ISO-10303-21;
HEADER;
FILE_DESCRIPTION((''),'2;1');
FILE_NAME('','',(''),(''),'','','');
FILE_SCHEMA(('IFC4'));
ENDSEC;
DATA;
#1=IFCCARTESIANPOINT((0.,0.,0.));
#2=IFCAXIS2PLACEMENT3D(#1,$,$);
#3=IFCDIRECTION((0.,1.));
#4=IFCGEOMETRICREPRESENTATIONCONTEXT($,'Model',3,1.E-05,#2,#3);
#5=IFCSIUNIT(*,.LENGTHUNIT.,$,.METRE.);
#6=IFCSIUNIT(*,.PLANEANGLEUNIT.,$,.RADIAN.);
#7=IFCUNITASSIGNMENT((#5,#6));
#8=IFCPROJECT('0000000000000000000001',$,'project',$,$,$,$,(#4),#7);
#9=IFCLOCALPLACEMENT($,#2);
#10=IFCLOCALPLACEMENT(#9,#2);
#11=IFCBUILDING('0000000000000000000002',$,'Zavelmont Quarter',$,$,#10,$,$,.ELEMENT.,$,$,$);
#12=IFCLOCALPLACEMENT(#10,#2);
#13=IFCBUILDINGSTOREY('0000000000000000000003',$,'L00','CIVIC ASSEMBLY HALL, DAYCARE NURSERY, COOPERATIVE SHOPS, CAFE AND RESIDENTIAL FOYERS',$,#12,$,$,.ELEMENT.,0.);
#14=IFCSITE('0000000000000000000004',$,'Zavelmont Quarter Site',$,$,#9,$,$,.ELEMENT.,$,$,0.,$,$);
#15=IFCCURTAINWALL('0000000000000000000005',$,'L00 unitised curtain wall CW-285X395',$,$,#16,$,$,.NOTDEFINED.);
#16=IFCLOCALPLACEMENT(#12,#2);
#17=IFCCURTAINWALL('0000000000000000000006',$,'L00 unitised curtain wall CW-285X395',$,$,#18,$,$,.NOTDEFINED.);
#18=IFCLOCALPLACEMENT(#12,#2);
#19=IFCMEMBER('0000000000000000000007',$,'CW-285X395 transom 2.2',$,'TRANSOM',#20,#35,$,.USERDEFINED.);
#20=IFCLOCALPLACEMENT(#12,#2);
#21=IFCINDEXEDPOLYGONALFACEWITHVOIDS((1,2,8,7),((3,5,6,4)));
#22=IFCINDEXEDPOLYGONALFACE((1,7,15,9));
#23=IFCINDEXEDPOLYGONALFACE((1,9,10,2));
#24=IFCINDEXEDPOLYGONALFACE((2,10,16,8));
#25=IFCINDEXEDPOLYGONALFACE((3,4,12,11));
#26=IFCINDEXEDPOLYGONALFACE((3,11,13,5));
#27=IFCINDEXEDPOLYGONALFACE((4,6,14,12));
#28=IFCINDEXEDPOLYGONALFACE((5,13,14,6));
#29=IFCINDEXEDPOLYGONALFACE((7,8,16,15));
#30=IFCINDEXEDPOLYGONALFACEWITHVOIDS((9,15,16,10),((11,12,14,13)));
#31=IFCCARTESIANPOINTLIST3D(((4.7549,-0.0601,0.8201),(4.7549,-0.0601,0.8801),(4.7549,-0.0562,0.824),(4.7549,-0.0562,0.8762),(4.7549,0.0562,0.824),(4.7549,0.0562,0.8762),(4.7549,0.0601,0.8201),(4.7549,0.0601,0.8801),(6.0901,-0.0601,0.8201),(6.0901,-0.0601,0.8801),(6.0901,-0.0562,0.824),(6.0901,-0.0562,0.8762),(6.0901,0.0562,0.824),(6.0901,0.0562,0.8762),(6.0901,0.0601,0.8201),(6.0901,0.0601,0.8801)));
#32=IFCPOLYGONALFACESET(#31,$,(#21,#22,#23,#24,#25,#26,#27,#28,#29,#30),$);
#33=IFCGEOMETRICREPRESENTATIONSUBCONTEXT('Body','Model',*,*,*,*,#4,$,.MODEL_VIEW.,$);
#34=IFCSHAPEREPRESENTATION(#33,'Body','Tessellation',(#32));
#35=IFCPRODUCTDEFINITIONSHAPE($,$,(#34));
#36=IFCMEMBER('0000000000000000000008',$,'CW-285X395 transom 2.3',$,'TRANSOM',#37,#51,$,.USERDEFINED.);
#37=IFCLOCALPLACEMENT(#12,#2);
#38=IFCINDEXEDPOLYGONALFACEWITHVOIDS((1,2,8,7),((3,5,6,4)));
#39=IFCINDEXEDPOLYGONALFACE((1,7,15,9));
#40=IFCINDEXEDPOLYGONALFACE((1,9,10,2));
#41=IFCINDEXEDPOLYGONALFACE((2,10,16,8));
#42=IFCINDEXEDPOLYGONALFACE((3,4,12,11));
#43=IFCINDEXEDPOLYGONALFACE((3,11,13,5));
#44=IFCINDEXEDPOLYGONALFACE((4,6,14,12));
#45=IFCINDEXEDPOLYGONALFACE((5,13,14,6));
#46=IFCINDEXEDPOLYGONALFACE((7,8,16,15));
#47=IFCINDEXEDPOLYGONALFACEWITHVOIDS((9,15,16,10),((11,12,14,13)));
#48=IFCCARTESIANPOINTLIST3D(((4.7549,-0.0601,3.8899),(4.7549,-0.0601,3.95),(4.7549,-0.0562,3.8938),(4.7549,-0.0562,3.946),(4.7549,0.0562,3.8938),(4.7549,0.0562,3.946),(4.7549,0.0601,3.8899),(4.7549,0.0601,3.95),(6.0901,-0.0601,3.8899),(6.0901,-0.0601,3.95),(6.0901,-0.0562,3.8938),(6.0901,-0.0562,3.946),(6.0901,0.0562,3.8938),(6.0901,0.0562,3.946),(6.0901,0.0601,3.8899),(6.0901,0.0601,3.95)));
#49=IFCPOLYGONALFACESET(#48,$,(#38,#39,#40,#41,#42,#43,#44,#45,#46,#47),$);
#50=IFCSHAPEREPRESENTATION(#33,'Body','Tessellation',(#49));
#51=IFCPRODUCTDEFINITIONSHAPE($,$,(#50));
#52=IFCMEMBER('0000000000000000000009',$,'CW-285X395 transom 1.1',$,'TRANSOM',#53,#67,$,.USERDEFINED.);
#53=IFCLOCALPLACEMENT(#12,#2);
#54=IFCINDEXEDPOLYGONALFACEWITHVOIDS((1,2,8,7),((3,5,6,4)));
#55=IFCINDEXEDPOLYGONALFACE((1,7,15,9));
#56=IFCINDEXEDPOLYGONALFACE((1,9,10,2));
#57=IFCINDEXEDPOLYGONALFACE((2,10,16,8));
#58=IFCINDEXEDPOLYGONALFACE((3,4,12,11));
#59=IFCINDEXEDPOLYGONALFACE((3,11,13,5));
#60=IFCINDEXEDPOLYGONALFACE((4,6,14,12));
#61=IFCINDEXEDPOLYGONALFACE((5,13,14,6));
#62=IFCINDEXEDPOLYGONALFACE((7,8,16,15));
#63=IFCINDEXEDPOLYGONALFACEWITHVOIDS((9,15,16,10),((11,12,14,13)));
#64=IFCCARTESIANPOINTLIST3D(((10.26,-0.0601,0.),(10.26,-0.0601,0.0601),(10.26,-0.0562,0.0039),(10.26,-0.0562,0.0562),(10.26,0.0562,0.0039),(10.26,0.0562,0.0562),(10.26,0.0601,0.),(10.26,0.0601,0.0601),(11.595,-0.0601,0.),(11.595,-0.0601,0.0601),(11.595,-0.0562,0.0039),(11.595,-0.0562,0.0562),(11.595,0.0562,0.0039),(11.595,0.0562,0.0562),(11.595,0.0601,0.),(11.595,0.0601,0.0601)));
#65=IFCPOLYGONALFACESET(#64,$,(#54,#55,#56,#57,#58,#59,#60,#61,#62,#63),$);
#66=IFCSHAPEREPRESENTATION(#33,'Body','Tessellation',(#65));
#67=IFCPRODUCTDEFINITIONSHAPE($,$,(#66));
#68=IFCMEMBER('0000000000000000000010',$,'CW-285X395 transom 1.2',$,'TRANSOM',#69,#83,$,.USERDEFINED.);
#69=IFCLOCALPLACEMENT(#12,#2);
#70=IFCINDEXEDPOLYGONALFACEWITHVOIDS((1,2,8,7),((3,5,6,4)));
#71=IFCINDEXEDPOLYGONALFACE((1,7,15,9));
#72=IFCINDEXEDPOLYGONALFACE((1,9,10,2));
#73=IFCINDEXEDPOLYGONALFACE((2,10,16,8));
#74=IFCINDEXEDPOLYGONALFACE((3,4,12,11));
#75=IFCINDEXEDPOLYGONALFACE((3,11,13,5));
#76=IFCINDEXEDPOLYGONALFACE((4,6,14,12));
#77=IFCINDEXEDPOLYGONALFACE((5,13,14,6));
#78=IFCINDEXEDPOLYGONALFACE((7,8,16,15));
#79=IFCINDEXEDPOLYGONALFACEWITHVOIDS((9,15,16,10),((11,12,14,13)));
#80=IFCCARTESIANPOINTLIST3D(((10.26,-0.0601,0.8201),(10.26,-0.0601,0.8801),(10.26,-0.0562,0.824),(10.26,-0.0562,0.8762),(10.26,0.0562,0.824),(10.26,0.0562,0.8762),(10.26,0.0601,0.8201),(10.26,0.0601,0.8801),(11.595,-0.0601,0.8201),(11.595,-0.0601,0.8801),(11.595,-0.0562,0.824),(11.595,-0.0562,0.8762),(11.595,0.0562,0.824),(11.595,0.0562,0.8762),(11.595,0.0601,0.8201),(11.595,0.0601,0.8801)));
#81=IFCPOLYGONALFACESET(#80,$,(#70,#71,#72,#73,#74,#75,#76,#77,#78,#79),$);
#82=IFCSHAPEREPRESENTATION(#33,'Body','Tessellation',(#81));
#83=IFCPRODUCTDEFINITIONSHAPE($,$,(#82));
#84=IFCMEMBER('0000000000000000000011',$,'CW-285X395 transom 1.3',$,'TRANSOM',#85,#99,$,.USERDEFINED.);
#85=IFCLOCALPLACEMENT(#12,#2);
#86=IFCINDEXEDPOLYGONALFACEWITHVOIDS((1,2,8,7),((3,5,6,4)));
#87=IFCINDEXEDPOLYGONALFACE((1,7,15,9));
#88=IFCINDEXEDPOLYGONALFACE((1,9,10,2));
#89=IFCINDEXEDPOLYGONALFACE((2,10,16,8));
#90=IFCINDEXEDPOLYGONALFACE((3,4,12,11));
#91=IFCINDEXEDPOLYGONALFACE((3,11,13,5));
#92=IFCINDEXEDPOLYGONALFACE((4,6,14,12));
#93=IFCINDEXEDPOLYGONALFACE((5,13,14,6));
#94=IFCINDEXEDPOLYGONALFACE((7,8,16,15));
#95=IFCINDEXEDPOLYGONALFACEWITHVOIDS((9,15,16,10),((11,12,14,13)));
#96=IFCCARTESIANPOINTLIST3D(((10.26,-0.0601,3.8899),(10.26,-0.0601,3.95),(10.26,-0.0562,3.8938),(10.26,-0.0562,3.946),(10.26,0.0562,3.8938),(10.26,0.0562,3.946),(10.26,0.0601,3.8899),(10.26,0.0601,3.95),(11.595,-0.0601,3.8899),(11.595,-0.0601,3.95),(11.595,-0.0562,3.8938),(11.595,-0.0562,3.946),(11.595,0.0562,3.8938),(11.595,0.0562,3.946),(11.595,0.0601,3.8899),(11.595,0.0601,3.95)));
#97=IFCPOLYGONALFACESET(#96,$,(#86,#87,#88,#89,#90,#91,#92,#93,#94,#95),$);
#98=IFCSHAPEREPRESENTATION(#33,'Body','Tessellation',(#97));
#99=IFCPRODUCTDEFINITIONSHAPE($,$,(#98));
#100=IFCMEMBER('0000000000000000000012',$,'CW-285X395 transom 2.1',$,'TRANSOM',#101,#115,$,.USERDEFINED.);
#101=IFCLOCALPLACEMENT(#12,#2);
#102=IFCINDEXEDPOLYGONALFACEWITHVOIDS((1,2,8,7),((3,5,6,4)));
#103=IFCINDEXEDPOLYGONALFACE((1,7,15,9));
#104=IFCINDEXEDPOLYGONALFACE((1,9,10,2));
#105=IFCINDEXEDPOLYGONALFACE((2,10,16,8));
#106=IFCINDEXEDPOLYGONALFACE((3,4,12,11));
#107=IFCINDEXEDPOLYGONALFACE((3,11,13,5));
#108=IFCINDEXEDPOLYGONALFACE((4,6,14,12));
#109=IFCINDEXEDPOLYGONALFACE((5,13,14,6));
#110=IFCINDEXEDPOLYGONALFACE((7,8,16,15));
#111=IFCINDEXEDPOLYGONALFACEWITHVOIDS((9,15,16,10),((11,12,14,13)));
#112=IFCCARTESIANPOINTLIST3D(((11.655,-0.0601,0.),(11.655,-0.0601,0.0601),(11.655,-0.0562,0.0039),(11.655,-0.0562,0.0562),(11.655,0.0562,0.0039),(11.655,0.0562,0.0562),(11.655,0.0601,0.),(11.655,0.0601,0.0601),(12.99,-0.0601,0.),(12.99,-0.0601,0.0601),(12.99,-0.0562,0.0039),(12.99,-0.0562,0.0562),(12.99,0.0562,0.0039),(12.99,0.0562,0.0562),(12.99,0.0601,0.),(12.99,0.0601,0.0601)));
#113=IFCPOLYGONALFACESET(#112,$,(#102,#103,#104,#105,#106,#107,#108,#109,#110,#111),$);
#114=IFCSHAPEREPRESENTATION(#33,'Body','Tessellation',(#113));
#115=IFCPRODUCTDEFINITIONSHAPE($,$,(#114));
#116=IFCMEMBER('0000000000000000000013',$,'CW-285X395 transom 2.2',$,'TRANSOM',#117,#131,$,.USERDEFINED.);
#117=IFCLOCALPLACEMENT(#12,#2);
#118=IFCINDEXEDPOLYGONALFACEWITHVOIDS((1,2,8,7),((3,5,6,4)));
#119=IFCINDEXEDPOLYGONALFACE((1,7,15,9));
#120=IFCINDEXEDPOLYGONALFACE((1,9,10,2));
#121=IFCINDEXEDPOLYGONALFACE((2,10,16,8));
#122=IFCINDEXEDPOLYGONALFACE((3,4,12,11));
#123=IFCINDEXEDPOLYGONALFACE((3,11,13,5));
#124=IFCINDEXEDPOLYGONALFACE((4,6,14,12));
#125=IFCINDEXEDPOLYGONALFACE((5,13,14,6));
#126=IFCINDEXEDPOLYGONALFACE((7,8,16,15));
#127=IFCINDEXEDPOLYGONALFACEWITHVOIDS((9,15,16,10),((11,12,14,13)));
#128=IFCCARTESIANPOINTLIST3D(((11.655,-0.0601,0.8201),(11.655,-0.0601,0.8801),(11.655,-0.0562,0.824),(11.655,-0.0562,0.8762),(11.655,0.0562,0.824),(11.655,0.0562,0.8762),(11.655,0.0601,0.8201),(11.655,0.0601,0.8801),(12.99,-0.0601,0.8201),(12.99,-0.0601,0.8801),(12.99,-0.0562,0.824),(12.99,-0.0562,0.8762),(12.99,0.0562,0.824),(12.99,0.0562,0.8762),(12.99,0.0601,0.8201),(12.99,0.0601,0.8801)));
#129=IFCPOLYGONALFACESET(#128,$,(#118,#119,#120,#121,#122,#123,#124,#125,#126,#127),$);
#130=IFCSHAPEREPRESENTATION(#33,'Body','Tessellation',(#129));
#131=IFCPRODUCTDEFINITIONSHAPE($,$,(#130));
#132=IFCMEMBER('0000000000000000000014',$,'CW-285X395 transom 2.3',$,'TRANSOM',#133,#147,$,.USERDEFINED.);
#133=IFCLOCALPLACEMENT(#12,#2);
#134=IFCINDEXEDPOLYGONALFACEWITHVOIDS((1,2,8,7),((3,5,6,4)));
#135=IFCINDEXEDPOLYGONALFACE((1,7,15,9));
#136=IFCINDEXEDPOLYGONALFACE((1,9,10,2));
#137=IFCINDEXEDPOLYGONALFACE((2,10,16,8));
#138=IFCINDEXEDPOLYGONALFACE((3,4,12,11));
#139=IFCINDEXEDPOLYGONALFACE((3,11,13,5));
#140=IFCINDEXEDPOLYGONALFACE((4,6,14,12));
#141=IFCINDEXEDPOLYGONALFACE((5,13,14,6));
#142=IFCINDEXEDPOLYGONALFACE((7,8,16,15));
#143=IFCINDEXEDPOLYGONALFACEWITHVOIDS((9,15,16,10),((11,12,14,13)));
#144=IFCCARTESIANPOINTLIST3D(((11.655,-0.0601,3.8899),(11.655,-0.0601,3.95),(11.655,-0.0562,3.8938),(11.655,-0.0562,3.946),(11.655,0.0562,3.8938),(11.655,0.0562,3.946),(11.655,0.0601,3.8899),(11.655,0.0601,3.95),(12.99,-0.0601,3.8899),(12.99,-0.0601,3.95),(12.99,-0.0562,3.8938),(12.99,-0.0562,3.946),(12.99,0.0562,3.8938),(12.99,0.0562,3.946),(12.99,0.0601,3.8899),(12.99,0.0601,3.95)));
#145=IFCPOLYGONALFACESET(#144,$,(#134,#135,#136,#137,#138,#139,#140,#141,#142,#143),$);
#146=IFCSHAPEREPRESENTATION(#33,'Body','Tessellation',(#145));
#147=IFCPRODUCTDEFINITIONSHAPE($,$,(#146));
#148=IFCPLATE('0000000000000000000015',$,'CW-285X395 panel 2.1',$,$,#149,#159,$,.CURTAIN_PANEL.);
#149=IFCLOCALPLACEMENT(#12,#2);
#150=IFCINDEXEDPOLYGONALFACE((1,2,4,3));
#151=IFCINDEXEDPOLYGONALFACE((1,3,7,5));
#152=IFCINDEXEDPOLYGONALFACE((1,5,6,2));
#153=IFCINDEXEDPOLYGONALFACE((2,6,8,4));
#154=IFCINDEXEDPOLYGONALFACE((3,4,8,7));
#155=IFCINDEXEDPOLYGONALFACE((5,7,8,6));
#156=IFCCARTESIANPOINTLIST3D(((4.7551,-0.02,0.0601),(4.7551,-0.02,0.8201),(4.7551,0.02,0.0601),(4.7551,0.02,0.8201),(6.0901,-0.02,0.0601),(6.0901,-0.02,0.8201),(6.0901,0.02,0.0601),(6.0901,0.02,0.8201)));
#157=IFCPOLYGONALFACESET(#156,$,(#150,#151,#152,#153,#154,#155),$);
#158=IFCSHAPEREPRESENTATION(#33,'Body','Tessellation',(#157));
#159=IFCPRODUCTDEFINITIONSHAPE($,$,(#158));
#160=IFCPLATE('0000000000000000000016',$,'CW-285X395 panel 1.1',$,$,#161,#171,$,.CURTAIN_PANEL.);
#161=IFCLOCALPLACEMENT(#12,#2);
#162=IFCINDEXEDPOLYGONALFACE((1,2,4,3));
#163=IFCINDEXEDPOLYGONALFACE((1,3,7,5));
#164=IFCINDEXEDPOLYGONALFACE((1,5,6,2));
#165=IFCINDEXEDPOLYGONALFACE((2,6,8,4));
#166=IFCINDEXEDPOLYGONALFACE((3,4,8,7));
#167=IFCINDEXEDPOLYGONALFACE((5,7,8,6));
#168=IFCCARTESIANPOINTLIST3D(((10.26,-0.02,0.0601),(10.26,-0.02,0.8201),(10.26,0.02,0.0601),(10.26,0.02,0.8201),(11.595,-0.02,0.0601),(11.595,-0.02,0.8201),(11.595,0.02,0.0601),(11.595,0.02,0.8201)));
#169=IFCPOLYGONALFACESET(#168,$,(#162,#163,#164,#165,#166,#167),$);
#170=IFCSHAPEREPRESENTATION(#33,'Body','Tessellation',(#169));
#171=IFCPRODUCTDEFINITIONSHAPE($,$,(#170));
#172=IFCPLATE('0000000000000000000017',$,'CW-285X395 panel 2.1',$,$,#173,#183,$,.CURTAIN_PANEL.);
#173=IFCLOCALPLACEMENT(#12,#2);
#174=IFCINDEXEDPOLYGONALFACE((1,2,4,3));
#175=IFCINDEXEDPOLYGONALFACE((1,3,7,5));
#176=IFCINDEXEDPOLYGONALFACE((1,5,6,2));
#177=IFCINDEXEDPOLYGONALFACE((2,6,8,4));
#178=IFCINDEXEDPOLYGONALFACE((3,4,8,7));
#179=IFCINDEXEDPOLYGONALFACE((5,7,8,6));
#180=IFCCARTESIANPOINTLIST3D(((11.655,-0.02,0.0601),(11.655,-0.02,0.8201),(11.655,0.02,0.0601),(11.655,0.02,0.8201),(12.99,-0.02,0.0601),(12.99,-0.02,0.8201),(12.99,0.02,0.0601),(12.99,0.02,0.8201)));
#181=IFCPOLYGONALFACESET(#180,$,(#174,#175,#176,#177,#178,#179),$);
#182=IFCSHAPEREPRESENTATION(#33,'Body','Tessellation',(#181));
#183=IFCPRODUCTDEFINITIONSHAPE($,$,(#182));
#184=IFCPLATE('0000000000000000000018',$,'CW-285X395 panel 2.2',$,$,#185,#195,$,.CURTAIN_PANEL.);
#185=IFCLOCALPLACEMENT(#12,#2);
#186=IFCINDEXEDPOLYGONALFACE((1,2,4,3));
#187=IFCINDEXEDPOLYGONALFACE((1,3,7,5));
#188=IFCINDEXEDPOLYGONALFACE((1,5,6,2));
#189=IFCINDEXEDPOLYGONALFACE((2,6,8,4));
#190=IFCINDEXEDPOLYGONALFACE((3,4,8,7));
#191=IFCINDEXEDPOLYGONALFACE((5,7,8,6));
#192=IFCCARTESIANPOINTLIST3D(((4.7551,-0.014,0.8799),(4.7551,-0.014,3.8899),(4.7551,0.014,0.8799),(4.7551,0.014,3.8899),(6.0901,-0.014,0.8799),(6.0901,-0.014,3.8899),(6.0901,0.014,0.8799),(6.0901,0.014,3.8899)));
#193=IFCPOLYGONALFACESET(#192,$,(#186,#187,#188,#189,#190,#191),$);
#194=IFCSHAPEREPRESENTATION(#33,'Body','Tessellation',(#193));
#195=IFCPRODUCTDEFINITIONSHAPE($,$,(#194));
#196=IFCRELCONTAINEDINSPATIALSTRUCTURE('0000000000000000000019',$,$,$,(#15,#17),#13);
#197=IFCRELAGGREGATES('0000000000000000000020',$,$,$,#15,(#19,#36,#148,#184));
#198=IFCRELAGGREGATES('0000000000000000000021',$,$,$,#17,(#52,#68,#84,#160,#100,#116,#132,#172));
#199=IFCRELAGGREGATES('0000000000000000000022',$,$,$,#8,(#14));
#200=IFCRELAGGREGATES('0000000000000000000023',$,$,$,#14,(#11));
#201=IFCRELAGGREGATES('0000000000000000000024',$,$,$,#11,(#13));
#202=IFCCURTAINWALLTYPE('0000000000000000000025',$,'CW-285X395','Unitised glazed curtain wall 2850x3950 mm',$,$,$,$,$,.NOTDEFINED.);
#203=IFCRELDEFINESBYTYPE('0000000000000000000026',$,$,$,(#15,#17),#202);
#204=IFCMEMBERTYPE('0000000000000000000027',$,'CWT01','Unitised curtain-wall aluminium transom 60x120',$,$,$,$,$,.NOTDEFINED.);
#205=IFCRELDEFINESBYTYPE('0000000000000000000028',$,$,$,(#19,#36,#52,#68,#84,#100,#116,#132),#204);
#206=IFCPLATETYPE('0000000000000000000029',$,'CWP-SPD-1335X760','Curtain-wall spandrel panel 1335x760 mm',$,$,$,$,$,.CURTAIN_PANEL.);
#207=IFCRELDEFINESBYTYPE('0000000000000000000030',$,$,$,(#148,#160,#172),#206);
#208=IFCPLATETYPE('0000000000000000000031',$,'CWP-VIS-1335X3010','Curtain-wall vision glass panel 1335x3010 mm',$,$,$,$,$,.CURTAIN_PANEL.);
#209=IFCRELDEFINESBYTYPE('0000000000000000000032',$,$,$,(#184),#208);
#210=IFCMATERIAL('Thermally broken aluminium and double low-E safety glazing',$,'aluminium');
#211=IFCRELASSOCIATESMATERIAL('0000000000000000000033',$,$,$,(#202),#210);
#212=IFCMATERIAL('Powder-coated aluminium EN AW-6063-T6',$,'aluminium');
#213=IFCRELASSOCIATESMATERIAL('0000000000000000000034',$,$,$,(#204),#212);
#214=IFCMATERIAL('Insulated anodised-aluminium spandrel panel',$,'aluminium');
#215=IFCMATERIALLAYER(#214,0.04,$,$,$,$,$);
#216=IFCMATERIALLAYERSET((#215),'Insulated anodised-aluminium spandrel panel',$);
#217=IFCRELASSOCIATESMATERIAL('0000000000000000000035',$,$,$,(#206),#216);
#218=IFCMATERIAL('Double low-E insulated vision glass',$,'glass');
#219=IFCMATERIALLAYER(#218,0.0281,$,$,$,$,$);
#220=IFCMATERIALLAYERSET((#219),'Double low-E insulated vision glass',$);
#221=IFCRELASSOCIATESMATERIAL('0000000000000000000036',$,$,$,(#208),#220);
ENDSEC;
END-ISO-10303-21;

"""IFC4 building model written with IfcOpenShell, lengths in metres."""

from ifc_helpers import new_model, si_unit, direction, frame, origin, origin_2d, place, context, subcontext, project, spatial, rectangle, hollow_rectangle, extrude, material, layer, layer_set, material_profile, profile_set, type_object, element, aggregate, save


model = new_model("IFC4")

# Units and contexts
model_context = context("Model", 3, precision=1e-05, world=origin(), true_north=direction((0.0, 1.0)))
body_context = subcontext(model_context, "Body", "Model", "MODEL_VIEW")
ifc_project = project(units=[si_unit("LENGTHUNIT", "METRE"), si_unit("PLANEANGLEUNIT", "RADIAN")], contexts=[model_context])

# Site, building, storey
site_placement = place(None, origin())
site = spatial("IfcSite", under=ifc_project, at=site_placement, Name="Zavelmont Quarter Site", CompositionType="ELEMENT", RefElevation=0.0)
building_placement = place(site_placement, origin())
building = spatial("IfcBuilding", under=site, at=building_placement, Name="Zavelmont Quarter", CompositionType="ELEMENT")
storey_placement = place(building_placement, origin())
storey = spatial("IfcBuildingStorey", under=building, at=storey_placement, Name="L00", Description="CIVIC ASSEMBLY HALL, DAYCARE NURSERY, COOPERATIVE SHOPS, CAFE AND RESIDENTIAL FOYERS", CompositionType="ELEMENT", Elevation=0.0)

# Curtain wall
ifc_material_1 = material(Name="Thermally broken aluminium and double low-E safety glazing", Category="aluminium")
curtain_wall_type_1 = type_object("IfcCurtainWallType", Name="CW-285X395", Description="Unitised glazed curtain wall 2850x3950 mm", PredefinedType="NOTDEFINED", material=ifc_material_1)
curtain_wall_1_placement = place(storey_placement, origin())
curtain_wall_1 = element("IfcCurtainWall", 1, at=curtain_wall_1_placement, inside=storey, type_object=curtain_wall_type_1, Name="L00 unitised curtain wall CW-285X395", PredefinedType="NOTDEFINED")
ifc_material_2 = material(Name="Powder-coated aluminium EN AW-6063-T6", Category="aluminium")

# Curtain wall
curtain_wall_2_placement = place(storey_placement, origin())
curtain_wall_2 = element("IfcCurtainWall", 2, at=curtain_wall_2_placement, inside=storey, type_object=curtain_wall_type_1, Name="L00 unitised curtain wall CW-285X395", PredefinedType="NOTDEFINED")

# Members
ifc_material_profile_1 = material_profile(ifc_material_2, hollow_rectangle(XDim=0.1201, YDim=0.0601, WallThickness=0.0039, at=origin_2d()), Name="CWT60X120")
ifc_profile_set_1 = profile_set([ifc_material_profile_1], Name="Powder-coated aluminium EN AW-6063-T6")
member_type_1 = type_object("IfcMemberType", Name="CWT01", Description="Unitised curtain-wall aluminium transom 60x120", PredefinedType="NOTDEFINED", material=ifc_profile_set_1)
member_1_placement = place(storey_placement, frame((4.7549, 0.0, 0.8501), z_axis=(1.0, 0.0, 0.0), x_axis=(0.0, 1.0, 0.0)))
member_1 = element("IfcMember", 3, at=member_1_placement, type_object=member_type_1, Name="CW-285X395 transom 2.2", ObjectType="TRANSOM", PredefinedType="USERDEFINED", context=body_context, shape_type="SweptSolid", body=[
    extrude(hollow_rectangle(XDim=0.1201, YDim=0.0601, WallThickness=0.0039, at=origin_2d()), origin(), (0.0, 0.0, 1.0), 1.3352),
])
member_2_placement = place(storey_placement, frame((4.7549, 0.0, 3.9199), z_axis=(1.0, 0.0, 0.0), x_axis=(0.0, 1.0, 0.0)))
member_2 = element("IfcMember", 4, at=member_2_placement, type_object=member_type_1, Name="CW-285X395 transom 2.3", ObjectType="TRANSOM", PredefinedType="USERDEFINED", context=body_context, shape_type="SweptSolid", body=[
    extrude(hollow_rectangle(XDim=0.1201, YDim=0.0601, WallThickness=0.0039, at=origin_2d()), origin(), (0.0, 0.0, 1.0), 1.3352),
])
member_3_placement = place(storey_placement, frame((10.26, 0.0, 0.03), z_axis=(1.0, 0.0, 0.0), x_axis=(0.0, 1.0, 0.0)))
member_3 = element("IfcMember", 5, at=member_3_placement, type_object=member_type_1, Name="CW-285X395 transom 1.1", ObjectType="TRANSOM", PredefinedType="USERDEFINED", context=body_context, shape_type="SweptSolid", body=[
    extrude(hollow_rectangle(XDim=0.1201, YDim=0.0601, WallThickness=0.0039, at=origin_2d()), origin(), (0.0, 0.0, 1.0), 1.335),
])
member_4_placement = place(storey_placement, frame((10.26, 0.0, 0.8501), z_axis=(1.0, 0.0, 0.0), x_axis=(0.0, 1.0, 0.0)))
member_4 = element("IfcMember", 6, at=member_4_placement, type_object=member_type_1, Name="CW-285X395 transom 1.2", ObjectType="TRANSOM", PredefinedType="USERDEFINED", context=body_context, shape_type="SweptSolid", body=[
    extrude(hollow_rectangle(XDim=0.1201, YDim=0.0601, WallThickness=0.0039, at=origin_2d()), origin(), (0.0, 0.0, 1.0), 1.335),
])
member_5_placement = place(storey_placement, frame((10.26, 0.0, 3.9199), z_axis=(1.0, 0.0, 0.0), x_axis=(0.0, 1.0, 0.0)))
member_5 = element("IfcMember", 7, at=member_5_placement, type_object=member_type_1, Name="CW-285X395 transom 1.3", ObjectType="TRANSOM", PredefinedType="USERDEFINED", context=body_context, shape_type="SweptSolid", body=[
    extrude(hollow_rectangle(XDim=0.1201, YDim=0.0601, WallThickness=0.0039, at=origin_2d()), origin(), (0.0, 0.0, 1.0), 1.335),
])
member_6_placement = place(storey_placement, frame((11.655, 0.0, 0.03), z_axis=(1.0, 0.0, 0.0), x_axis=(0.0, 1.0, 0.0)))
member_6 = element("IfcMember", 8, at=member_6_placement, type_object=member_type_1, Name="CW-285X395 transom 2.1", ObjectType="TRANSOM", PredefinedType="USERDEFINED", context=body_context, shape_type="SweptSolid", body=[
    extrude(hollow_rectangle(XDim=0.1201, YDim=0.0601, WallThickness=0.0039, at=origin_2d()), origin(), (0.0, 0.0, 1.0), 1.335),
])
member_7_placement = place(storey_placement, frame((11.655, 0.0, 0.8501), z_axis=(1.0, 0.0, 0.0), x_axis=(0.0, 1.0, 0.0)))
member_7 = element("IfcMember", 9, at=member_7_placement, type_object=member_type_1, Name="CW-285X395 transom 2.2", ObjectType="TRANSOM", PredefinedType="USERDEFINED", context=body_context, shape_type="SweptSolid", body=[
    extrude(hollow_rectangle(XDim=0.1201, YDim=0.0601, WallThickness=0.0039, at=origin_2d()), origin(), (0.0, 0.0, 1.0), 1.335),
])
member_8_placement = place(storey_placement, frame((11.655, 0.0, 3.9199), z_axis=(1.0, 0.0, 0.0), x_axis=(0.0, 1.0, 0.0)))
member_8 = element("IfcMember", 10, at=member_8_placement, type_object=member_type_1, Name="CW-285X395 transom 2.3", ObjectType="TRANSOM", PredefinedType="USERDEFINED", context=body_context, shape_type="SweptSolid", body=[
    extrude(hollow_rectangle(XDim=0.1201, YDim=0.0601, WallThickness=0.0039, at=origin_2d()), origin(), (0.0, 0.0, 1.0), 1.335),
])

# Plates
ifc_material_3 = material(Name="Insulated anodised-aluminium spandrel panel", Category="aluminium")
ifc_layer_1 = layer(ifc_material_3, 0.04)
ifc_layer_set_1 = layer_set([ifc_layer_1], Name="Insulated anodised-aluminium spandrel panel")
plate_type_1 = type_object("IfcPlateType", Name="CWP-SPD-1335X760", Description="Curtain-wall spandrel panel 1335x760 mm", PredefinedType="CURTAIN_PANEL", material=ifc_layer_set_1)
plate_1_placement = place(storey_placement, frame((5.4226, 0.0, 0.0601), z_axis=(0.0, 0.0, 1.0), x_axis=(1.0, 0.0, 0.0)))
plate_1 = element("IfcPlate", 11, at=plate_1_placement, type_object=plate_type_1, Name="CW-285X395 panel 2.1", PredefinedType="CURTAIN_PANEL", context=body_context, shape_type="SweptSolid", body=[
    extrude(rectangle(XDim=1.335, YDim=0.04, at=origin_2d()), origin(), (0.0, 0.0, 1.0), 0.76),
])
plate_2_placement = place(storey_placement, frame((10.9275, 0.0, 0.0601), z_axis=(0.0, 0.0, 1.0), x_axis=(1.0, 0.0, 0.0)))
plate_2 = element("IfcPlate", 12, at=plate_2_placement, type_object=plate_type_1, Name="CW-285X395 panel 1.1", PredefinedType="CURTAIN_PANEL", context=body_context, shape_type="SweptSolid", body=[
    extrude(rectangle(XDim=1.335, YDim=0.04, at=origin_2d()), origin(), (0.0, 0.0, 1.0), 0.76),
])
plate_3_placement = place(storey_placement, frame((12.3225, 0.0, 0.0601), z_axis=(0.0, 0.0, 1.0), x_axis=(1.0, 0.0, 0.0)))
plate_3 = element("IfcPlate", 13, at=plate_3_placement, type_object=plate_type_1, Name="CW-285X395 panel 2.1", PredefinedType="CURTAIN_PANEL", context=body_context, shape_type="SweptSolid", body=[
    extrude(rectangle(XDim=1.335, YDim=0.04, at=origin_2d()), origin(), (0.0, 0.0, 1.0), 0.76),
])
ifc_material_4 = material(Name="Double low-E insulated vision glass", Category="glass")
ifc_layer_2 = layer(ifc_material_4, 0.0281)
ifc_layer_set_2 = layer_set([ifc_layer_2], Name="Double low-E insulated vision glass")
plate_type_2 = type_object("IfcPlateType", Name="CWP-VIS-1335X3010", Description="Curtain-wall vision glass panel 1335x3010 mm", PredefinedType="CURTAIN_PANEL", material=ifc_layer_set_2)
plate_4_placement = place(storey_placement, frame((5.4226, 0.0, 0.8799), z_axis=(0.0, 0.0, 1.0), x_axis=(1.0, 0.0, 0.0)))
plate_4 = element("IfcPlate", 14, at=plate_4_placement, type_object=plate_type_2, Name="CW-285X395 panel 2.2", PredefinedType="CURTAIN_PANEL", context=body_context, shape_type="SweptSolid", body=[
    extrude(rectangle(XDim=1.335, YDim=0.0281, at=origin_2d()), origin(), (0.0, 0.0, 1.0), 3.01),
])
aggregate(curtain_wall_1, [member_1, member_2, plate_1, plate_4])
aggregate(curtain_wall_2, [member_3, member_4, member_5, plate_2, member_6, member_7, member_8, plate_3])

save(model, "model.ifc")
